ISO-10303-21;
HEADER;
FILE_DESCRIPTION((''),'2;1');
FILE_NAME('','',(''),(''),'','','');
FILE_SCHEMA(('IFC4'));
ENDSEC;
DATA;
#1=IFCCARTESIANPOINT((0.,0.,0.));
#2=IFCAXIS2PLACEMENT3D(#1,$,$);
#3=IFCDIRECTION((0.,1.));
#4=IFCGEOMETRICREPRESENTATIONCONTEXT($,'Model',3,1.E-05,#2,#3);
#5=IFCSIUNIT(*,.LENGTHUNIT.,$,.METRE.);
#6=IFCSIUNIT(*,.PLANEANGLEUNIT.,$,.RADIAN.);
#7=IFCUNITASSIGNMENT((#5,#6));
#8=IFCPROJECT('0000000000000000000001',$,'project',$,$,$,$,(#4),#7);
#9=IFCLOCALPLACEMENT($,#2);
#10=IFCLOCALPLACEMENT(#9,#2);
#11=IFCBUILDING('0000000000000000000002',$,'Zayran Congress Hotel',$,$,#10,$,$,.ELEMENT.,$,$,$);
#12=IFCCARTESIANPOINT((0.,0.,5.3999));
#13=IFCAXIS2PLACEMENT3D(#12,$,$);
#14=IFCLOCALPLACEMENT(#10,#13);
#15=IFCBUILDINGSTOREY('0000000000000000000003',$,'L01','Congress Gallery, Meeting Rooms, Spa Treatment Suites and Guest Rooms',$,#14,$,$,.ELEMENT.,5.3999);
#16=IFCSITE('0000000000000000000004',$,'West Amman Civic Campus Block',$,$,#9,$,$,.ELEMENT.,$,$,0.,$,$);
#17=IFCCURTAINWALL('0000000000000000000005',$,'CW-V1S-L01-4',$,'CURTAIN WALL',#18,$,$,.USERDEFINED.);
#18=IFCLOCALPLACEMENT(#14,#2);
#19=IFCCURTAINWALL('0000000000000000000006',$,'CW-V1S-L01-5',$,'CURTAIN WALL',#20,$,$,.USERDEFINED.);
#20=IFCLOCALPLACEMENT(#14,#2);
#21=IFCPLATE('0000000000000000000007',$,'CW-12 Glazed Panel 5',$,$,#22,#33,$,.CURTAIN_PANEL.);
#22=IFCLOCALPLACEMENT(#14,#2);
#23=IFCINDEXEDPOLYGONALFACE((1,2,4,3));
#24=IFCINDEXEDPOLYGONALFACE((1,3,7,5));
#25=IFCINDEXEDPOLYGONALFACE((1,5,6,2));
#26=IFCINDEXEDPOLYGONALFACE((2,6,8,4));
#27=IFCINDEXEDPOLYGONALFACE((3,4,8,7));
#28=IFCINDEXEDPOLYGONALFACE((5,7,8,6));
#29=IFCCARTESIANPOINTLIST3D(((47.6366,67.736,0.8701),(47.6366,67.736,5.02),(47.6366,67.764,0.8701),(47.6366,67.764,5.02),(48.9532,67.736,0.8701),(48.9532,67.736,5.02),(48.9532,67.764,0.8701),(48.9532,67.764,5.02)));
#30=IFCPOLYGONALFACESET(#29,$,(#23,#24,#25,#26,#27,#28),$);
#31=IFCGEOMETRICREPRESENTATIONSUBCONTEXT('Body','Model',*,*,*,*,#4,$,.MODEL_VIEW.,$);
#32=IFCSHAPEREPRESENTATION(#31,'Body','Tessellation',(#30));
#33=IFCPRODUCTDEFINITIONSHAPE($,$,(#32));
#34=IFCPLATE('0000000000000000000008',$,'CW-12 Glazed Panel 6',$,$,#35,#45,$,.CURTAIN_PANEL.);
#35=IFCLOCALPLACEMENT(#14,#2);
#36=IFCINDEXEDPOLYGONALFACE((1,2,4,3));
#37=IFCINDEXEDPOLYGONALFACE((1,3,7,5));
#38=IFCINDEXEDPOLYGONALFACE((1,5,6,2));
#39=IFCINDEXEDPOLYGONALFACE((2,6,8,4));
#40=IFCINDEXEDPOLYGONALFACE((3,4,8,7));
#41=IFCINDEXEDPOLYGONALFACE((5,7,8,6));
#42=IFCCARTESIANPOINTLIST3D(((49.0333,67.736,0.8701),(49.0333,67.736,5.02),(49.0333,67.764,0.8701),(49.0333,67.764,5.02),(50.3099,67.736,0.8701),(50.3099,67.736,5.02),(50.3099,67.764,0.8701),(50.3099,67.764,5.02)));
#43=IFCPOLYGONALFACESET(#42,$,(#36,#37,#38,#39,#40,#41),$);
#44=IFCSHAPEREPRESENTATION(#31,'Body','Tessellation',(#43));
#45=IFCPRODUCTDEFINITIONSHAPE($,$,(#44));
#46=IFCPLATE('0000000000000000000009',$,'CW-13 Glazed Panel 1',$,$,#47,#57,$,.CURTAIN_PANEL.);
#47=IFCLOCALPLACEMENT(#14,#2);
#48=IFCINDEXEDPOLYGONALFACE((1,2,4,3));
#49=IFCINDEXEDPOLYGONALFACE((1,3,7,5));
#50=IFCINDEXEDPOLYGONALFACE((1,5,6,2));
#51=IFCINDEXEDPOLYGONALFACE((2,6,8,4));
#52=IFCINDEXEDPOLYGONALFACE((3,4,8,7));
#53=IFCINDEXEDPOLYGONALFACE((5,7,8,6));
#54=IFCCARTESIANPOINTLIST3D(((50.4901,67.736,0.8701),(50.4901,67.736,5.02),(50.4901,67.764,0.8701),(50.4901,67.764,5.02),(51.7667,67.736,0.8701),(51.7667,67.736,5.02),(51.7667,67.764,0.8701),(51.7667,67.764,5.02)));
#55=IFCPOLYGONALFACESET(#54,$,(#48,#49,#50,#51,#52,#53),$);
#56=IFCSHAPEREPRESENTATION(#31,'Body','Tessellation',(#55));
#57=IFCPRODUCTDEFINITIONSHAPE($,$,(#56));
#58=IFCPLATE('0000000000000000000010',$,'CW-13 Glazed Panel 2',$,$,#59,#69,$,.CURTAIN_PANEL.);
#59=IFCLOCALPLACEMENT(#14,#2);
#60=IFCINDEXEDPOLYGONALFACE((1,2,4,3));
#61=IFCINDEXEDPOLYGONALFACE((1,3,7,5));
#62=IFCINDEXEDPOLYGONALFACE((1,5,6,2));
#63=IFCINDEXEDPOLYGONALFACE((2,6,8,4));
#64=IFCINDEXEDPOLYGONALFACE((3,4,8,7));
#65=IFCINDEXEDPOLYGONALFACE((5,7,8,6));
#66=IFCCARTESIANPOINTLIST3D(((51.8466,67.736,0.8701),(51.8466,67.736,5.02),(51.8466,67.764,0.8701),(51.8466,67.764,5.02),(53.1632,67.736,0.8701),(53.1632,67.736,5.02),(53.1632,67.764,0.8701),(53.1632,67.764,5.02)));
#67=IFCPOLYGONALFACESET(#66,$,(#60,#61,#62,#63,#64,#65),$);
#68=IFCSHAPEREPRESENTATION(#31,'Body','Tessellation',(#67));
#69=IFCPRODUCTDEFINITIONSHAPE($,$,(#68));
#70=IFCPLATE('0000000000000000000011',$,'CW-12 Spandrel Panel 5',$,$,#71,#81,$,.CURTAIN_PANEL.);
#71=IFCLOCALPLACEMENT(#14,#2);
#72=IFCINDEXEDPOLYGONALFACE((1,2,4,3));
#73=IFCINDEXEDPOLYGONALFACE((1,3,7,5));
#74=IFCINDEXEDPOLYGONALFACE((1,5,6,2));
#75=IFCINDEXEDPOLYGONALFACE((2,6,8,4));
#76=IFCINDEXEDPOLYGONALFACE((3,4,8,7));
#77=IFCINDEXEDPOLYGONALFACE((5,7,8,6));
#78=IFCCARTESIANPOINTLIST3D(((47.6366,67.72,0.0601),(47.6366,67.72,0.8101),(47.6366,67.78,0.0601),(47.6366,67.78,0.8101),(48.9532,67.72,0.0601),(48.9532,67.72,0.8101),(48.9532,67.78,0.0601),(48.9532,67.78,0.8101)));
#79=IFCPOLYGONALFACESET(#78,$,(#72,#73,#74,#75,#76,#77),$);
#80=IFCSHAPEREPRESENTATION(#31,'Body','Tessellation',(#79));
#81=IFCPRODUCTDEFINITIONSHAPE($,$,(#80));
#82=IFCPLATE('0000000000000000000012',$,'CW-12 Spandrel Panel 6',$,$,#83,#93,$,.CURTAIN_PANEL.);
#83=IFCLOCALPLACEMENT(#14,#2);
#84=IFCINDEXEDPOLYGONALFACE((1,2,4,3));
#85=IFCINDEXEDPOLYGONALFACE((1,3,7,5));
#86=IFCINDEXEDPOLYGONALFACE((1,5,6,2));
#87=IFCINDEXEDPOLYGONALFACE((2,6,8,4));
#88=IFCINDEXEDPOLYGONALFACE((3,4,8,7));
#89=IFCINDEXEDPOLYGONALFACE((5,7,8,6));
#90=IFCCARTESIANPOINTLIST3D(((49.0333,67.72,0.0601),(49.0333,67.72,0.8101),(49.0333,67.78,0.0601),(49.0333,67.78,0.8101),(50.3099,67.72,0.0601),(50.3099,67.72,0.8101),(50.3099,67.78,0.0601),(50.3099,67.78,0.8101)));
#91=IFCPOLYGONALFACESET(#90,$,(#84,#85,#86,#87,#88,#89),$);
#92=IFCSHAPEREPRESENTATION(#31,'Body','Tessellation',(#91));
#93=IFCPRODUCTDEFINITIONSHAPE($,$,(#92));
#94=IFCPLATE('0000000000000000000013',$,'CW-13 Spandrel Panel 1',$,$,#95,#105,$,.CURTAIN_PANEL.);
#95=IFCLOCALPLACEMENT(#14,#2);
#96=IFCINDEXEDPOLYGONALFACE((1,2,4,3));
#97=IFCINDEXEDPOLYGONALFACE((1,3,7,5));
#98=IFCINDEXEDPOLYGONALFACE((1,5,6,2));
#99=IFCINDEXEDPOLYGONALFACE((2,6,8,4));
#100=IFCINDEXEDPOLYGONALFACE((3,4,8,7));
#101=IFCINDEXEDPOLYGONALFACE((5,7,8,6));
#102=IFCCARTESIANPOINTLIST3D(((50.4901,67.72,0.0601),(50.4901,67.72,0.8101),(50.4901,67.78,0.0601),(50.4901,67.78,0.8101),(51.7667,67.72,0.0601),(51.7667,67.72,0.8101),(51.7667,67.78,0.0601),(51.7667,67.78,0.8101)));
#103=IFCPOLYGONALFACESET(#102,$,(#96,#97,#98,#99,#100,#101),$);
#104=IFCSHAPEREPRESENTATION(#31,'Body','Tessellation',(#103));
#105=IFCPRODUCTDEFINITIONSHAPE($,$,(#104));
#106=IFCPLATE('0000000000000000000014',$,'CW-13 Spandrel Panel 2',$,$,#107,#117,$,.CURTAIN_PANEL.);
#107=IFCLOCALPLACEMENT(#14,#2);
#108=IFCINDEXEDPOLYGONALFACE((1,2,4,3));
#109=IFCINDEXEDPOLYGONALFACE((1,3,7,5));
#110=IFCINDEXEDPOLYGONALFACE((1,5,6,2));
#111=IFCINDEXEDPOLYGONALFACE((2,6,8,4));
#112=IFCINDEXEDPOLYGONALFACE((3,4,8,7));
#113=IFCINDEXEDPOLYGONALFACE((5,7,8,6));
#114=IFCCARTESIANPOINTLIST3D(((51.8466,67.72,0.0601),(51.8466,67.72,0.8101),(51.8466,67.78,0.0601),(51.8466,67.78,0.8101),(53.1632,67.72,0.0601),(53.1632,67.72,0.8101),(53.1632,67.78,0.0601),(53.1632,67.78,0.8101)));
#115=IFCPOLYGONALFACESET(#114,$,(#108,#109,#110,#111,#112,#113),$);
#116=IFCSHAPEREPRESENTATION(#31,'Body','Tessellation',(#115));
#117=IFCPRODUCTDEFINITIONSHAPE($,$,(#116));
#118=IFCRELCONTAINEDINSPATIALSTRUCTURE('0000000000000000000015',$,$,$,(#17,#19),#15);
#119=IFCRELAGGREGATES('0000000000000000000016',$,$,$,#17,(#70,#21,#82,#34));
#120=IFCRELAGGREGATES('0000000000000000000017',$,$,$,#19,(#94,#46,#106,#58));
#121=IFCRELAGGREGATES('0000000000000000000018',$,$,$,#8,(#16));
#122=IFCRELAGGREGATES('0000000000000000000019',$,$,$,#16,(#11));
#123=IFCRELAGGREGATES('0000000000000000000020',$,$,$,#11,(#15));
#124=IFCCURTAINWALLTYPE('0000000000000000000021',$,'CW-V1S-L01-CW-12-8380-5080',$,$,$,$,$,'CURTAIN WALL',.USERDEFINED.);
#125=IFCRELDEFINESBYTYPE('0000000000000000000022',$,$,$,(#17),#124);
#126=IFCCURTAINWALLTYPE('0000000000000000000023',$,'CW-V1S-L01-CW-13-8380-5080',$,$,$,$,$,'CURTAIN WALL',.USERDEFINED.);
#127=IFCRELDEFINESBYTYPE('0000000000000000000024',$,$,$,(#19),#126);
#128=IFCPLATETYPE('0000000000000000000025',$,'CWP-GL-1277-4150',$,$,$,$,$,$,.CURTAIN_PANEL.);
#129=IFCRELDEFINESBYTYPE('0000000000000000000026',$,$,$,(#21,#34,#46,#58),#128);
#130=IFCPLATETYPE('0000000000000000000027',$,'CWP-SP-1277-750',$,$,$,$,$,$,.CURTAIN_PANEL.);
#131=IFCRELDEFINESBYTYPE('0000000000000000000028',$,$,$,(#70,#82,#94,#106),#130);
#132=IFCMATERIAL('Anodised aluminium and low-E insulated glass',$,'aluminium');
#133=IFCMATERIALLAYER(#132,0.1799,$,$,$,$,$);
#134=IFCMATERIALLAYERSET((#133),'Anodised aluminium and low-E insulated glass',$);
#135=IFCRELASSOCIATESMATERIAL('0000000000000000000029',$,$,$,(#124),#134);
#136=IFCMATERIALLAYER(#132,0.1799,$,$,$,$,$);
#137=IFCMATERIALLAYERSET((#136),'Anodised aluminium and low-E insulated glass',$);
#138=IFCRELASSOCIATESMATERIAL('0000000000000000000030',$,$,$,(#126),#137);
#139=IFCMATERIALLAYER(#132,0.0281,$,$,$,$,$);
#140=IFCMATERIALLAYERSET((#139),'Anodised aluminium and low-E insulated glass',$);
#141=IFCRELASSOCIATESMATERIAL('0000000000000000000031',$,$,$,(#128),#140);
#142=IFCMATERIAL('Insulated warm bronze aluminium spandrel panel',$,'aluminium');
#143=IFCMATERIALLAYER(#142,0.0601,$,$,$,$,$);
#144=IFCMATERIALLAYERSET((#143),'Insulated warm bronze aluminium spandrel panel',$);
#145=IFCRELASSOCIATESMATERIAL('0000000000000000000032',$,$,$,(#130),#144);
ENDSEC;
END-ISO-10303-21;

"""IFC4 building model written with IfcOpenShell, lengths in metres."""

from ifc_helpers import new_model, si_unit, direction, frame, origin, origin_2d, place, context, subcontext, project, spatial, rectangle, extrude, material, layer, layer_set, type_object, element, aggregate, save


model = new_model("IFC4")

# Units and contexts
model_context = context("Model", 3, precision=1e-05, world=origin(), true_north=direction((0.0, 1.0)))
body_context = subcontext(model_context, "Body", "Model", "MODEL_VIEW")
ifc_project = project(units=[si_unit("LENGTHUNIT", "METRE"), si_unit("PLANEANGLEUNIT", "RADIAN")], contexts=[model_context])

# Site, building, storey
site_placement = place(None, origin())
site = spatial("IfcSite", under=ifc_project, at=site_placement, Name="West Amman Civic Campus Block", CompositionType="ELEMENT", RefElevation=0.0)
building_placement = place(site_placement, origin())
building = spatial("IfcBuilding", under=site, at=building_placement, Name="Zayran Congress Hotel", CompositionType="ELEMENT")
storey_placement = place(building_placement, frame((0.0, 0.0, 5.3999)))
storey = spatial("IfcBuildingStorey", under=building, at=storey_placement, Name="L01", Description="Congress Gallery, Meeting Rooms, Spa Treatment Suites and Guest Rooms", CompositionType="ELEMENT", Elevation=5.3999)

# Curtain walls
ifc_material_1 = material(Name="Anodised aluminium and low-E insulated glass", Category="aluminium")
ifc_layer_1 = layer(ifc_material_1, 0.1799)
ifc_layer_set_1 = layer_set([ifc_layer_1], Name="Anodised aluminium and low-E insulated glass")
curtain_wall_type_1 = type_object("IfcCurtainWallType", Name="CW-V1S-L01-CW-12-8380-5080", ElementType="CURTAIN WALL", PredefinedType="USERDEFINED", material=ifc_layer_set_1)
curtain_wall_1_placement = place(storey_placement, origin())
curtain_wall_1 = element("IfcCurtainWall", 1, at=curtain_wall_1_placement, inside=storey, type_object=curtain_wall_type_1, Name="CW-V1S-L01-4", ObjectType="CURTAIN WALL", PredefinedType="USERDEFINED")
ifc_layer_2 = layer(ifc_material_1, 0.1799)
ifc_layer_set_2 = layer_set([ifc_layer_2], Name="Anodised aluminium and low-E insulated glass")
curtain_wall_type_2 = type_object("IfcCurtainWallType", Name="CW-V1S-L01-CW-13-8380-5080", ElementType="CURTAIN WALL", PredefinedType="USERDEFINED", material=ifc_layer_set_2)
curtain_wall_2_placement = place(storey_placement, origin())
curtain_wall_2 = element("IfcCurtainWall", 2, at=curtain_wall_2_placement, inside=storey, type_object=curtain_wall_type_2, Name="CW-V1S-L01-5", ObjectType="CURTAIN WALL", PredefinedType="USERDEFINED")

# Plates
ifc_layer_3 = layer(ifc_material_1, 0.0281)
ifc_layer_set_3 = layer_set([ifc_layer_3], Name="Anodised aluminium and low-E insulated glass")
plate_type_1 = type_object("IfcPlateType", Name="CWP-GL-1277-4150", PredefinedType="CURTAIN_PANEL", material=ifc_layer_set_3)
plate_1_placement = place(storey_placement, frame((48.2949, 67.75, 0.8701), z_axis=(0.0, 0.0, 1.0), x_axis=(1.0, 0.0, 0.0)))
plate_1 = element("IfcPlate", 3, at=plate_1_placement, type_object=plate_type_1, Name="CW-12 Glazed Panel 5", PredefinedType="CURTAIN_PANEL", context=body_context, shape_type="SweptSolid", body=[
    extrude(rectangle(XDim=1.3167, YDim=0.0281, at=origin_2d()), origin(), (0.0, 0.0, 1.0), 4.1499),
])
plate_2_placement = place(storey_placement, frame((49.6716, 67.75, 0.8701), z_axis=(0.0, 0.0, 1.0), x_axis=(1.0, 0.0, 0.0)))
plate_2 = element("IfcPlate", 4, at=plate_2_placement, type_object=plate_type_1, Name="CW-12 Glazed Panel 6", PredefinedType="CURTAIN_PANEL", context=body_context, shape_type="SweptSolid", body=[
    extrude(rectangle(XDim=1.2766, YDim=0.0281, at=origin_2d()), origin(), (0.0, 0.0, 1.0), 4.1499),
])
plate_3_placement = place(storey_placement, frame((51.1284, 67.75, 0.8701), z_axis=(0.0, 0.0, 1.0), x_axis=(1.0, 0.0, 0.0)))
plate_3 = element("IfcPlate", 5, at=plate_3_placement, type_object=plate_type_1, Name="CW-13 Glazed Panel 1", PredefinedType="CURTAIN_PANEL", context=body_context, shape_type="SweptSolid", body=[
    extrude(rectangle(XDim=1.2766, YDim=0.0281, at=origin_2d()), origin(), (0.0, 0.0, 1.0), 4.1499),
])
plate_4_placement = place(storey_placement, frame((52.5049, 67.75, 0.8701), z_axis=(0.0, 0.0, 1.0), x_axis=(1.0, 0.0, 0.0)))
plate_4 = element("IfcPlate", 6, at=plate_4_placement, type_object=plate_type_1, Name="CW-13 Glazed Panel 2", PredefinedType="CURTAIN_PANEL", context=body_context, shape_type="SweptSolid", body=[
    extrude(rectangle(XDim=1.3167, YDim=0.0281, at=origin_2d()), origin(), (0.0, 0.0, 1.0), 4.1499),
])
ifc_material_2 = material(Name="Insulated warm bronze aluminium spandrel panel", Category="aluminium")
ifc_layer_4 = layer(ifc_material_2, 0.0601)
ifc_layer_set_4 = layer_set([ifc_layer_4], Name="Insulated warm bronze aluminium spandrel panel")
plate_type_2 = type_object("IfcPlateType", Name="CWP-SP-1277-750", PredefinedType="CURTAIN_PANEL", material=ifc_layer_set_4)
plate_5_placement = place(storey_placement, frame((48.2949, 67.75, 0.0601), z_axis=(0.0, 0.0, 1.0), x_axis=(1.0, 0.0, 0.0)))
plate_5 = element("IfcPlate", 7, at=plate_5_placement, type_object=plate_type_2, Name="CW-12 Spandrel Panel 5", PredefinedType="CURTAIN_PANEL", context=body_context, shape_type="SweptSolid", body=[
    extrude(rectangle(XDim=1.3167, YDim=0.0601, at=origin_2d()), origin(), (0.0, 0.0, 1.0), 0.75),
])
plate_6_placement = place(storey_placement, frame((49.6716, 67.75, 0.0601), z_axis=(0.0, 0.0, 1.0), x_axis=(1.0, 0.0, 0.0)))
plate_6 = element("IfcPlate", 8, at=plate_6_placement, type_object=plate_type_2, Name="CW-12 Spandrel Panel 6", PredefinedType="CURTAIN_PANEL", context=body_context, shape_type="SweptSolid", body=[
    extrude(rectangle(XDim=1.2766, YDim=0.0601, at=origin_2d()), origin(), (0.0, 0.0, 1.0), 0.75),
])
aggregate(curtain_wall_1, [plate_5, plate_1, plate_6, plate_2])
plate_7_placement = place(storey_placement, frame((51.1284, 67.75, 0.0601), z_axis=(0.0, 0.0, 1.0), x_axis=(1.0, 0.0, 0.0)))
plate_7 = element("IfcPlate", 9, at=plate_7_placement, type_object=plate_type_2, Name="CW-13 Spandrel Panel 1", PredefinedType="CURTAIN_PANEL", context=body_context, shape_type="SweptSolid", body=[
    extrude(rectangle(XDim=1.2766, YDim=0.0601, at=origin_2d()), origin(), (0.0, 0.0, 1.0), 0.75),
])
plate_8_placement = place(storey_placement, frame((52.5049, 67.75, 0.0601), z_axis=(0.0, 0.0, 1.0), x_axis=(1.0, 0.0, 0.0)))
plate_8 = element("IfcPlate", 10, at=plate_8_placement, type_object=plate_type_2, Name="CW-13 Spandrel Panel 2", PredefinedType="CURTAIN_PANEL", context=body_context, shape_type="SweptSolid", body=[
    extrude(rectangle(XDim=1.3167, YDim=0.0601, at=origin_2d()), origin(), (0.0, 0.0, 1.0), 0.75),
])
aggregate(curtain_wall_2, [plate_7, plate_3, plate_8, plate_4])

save(model, "model.ifc")
